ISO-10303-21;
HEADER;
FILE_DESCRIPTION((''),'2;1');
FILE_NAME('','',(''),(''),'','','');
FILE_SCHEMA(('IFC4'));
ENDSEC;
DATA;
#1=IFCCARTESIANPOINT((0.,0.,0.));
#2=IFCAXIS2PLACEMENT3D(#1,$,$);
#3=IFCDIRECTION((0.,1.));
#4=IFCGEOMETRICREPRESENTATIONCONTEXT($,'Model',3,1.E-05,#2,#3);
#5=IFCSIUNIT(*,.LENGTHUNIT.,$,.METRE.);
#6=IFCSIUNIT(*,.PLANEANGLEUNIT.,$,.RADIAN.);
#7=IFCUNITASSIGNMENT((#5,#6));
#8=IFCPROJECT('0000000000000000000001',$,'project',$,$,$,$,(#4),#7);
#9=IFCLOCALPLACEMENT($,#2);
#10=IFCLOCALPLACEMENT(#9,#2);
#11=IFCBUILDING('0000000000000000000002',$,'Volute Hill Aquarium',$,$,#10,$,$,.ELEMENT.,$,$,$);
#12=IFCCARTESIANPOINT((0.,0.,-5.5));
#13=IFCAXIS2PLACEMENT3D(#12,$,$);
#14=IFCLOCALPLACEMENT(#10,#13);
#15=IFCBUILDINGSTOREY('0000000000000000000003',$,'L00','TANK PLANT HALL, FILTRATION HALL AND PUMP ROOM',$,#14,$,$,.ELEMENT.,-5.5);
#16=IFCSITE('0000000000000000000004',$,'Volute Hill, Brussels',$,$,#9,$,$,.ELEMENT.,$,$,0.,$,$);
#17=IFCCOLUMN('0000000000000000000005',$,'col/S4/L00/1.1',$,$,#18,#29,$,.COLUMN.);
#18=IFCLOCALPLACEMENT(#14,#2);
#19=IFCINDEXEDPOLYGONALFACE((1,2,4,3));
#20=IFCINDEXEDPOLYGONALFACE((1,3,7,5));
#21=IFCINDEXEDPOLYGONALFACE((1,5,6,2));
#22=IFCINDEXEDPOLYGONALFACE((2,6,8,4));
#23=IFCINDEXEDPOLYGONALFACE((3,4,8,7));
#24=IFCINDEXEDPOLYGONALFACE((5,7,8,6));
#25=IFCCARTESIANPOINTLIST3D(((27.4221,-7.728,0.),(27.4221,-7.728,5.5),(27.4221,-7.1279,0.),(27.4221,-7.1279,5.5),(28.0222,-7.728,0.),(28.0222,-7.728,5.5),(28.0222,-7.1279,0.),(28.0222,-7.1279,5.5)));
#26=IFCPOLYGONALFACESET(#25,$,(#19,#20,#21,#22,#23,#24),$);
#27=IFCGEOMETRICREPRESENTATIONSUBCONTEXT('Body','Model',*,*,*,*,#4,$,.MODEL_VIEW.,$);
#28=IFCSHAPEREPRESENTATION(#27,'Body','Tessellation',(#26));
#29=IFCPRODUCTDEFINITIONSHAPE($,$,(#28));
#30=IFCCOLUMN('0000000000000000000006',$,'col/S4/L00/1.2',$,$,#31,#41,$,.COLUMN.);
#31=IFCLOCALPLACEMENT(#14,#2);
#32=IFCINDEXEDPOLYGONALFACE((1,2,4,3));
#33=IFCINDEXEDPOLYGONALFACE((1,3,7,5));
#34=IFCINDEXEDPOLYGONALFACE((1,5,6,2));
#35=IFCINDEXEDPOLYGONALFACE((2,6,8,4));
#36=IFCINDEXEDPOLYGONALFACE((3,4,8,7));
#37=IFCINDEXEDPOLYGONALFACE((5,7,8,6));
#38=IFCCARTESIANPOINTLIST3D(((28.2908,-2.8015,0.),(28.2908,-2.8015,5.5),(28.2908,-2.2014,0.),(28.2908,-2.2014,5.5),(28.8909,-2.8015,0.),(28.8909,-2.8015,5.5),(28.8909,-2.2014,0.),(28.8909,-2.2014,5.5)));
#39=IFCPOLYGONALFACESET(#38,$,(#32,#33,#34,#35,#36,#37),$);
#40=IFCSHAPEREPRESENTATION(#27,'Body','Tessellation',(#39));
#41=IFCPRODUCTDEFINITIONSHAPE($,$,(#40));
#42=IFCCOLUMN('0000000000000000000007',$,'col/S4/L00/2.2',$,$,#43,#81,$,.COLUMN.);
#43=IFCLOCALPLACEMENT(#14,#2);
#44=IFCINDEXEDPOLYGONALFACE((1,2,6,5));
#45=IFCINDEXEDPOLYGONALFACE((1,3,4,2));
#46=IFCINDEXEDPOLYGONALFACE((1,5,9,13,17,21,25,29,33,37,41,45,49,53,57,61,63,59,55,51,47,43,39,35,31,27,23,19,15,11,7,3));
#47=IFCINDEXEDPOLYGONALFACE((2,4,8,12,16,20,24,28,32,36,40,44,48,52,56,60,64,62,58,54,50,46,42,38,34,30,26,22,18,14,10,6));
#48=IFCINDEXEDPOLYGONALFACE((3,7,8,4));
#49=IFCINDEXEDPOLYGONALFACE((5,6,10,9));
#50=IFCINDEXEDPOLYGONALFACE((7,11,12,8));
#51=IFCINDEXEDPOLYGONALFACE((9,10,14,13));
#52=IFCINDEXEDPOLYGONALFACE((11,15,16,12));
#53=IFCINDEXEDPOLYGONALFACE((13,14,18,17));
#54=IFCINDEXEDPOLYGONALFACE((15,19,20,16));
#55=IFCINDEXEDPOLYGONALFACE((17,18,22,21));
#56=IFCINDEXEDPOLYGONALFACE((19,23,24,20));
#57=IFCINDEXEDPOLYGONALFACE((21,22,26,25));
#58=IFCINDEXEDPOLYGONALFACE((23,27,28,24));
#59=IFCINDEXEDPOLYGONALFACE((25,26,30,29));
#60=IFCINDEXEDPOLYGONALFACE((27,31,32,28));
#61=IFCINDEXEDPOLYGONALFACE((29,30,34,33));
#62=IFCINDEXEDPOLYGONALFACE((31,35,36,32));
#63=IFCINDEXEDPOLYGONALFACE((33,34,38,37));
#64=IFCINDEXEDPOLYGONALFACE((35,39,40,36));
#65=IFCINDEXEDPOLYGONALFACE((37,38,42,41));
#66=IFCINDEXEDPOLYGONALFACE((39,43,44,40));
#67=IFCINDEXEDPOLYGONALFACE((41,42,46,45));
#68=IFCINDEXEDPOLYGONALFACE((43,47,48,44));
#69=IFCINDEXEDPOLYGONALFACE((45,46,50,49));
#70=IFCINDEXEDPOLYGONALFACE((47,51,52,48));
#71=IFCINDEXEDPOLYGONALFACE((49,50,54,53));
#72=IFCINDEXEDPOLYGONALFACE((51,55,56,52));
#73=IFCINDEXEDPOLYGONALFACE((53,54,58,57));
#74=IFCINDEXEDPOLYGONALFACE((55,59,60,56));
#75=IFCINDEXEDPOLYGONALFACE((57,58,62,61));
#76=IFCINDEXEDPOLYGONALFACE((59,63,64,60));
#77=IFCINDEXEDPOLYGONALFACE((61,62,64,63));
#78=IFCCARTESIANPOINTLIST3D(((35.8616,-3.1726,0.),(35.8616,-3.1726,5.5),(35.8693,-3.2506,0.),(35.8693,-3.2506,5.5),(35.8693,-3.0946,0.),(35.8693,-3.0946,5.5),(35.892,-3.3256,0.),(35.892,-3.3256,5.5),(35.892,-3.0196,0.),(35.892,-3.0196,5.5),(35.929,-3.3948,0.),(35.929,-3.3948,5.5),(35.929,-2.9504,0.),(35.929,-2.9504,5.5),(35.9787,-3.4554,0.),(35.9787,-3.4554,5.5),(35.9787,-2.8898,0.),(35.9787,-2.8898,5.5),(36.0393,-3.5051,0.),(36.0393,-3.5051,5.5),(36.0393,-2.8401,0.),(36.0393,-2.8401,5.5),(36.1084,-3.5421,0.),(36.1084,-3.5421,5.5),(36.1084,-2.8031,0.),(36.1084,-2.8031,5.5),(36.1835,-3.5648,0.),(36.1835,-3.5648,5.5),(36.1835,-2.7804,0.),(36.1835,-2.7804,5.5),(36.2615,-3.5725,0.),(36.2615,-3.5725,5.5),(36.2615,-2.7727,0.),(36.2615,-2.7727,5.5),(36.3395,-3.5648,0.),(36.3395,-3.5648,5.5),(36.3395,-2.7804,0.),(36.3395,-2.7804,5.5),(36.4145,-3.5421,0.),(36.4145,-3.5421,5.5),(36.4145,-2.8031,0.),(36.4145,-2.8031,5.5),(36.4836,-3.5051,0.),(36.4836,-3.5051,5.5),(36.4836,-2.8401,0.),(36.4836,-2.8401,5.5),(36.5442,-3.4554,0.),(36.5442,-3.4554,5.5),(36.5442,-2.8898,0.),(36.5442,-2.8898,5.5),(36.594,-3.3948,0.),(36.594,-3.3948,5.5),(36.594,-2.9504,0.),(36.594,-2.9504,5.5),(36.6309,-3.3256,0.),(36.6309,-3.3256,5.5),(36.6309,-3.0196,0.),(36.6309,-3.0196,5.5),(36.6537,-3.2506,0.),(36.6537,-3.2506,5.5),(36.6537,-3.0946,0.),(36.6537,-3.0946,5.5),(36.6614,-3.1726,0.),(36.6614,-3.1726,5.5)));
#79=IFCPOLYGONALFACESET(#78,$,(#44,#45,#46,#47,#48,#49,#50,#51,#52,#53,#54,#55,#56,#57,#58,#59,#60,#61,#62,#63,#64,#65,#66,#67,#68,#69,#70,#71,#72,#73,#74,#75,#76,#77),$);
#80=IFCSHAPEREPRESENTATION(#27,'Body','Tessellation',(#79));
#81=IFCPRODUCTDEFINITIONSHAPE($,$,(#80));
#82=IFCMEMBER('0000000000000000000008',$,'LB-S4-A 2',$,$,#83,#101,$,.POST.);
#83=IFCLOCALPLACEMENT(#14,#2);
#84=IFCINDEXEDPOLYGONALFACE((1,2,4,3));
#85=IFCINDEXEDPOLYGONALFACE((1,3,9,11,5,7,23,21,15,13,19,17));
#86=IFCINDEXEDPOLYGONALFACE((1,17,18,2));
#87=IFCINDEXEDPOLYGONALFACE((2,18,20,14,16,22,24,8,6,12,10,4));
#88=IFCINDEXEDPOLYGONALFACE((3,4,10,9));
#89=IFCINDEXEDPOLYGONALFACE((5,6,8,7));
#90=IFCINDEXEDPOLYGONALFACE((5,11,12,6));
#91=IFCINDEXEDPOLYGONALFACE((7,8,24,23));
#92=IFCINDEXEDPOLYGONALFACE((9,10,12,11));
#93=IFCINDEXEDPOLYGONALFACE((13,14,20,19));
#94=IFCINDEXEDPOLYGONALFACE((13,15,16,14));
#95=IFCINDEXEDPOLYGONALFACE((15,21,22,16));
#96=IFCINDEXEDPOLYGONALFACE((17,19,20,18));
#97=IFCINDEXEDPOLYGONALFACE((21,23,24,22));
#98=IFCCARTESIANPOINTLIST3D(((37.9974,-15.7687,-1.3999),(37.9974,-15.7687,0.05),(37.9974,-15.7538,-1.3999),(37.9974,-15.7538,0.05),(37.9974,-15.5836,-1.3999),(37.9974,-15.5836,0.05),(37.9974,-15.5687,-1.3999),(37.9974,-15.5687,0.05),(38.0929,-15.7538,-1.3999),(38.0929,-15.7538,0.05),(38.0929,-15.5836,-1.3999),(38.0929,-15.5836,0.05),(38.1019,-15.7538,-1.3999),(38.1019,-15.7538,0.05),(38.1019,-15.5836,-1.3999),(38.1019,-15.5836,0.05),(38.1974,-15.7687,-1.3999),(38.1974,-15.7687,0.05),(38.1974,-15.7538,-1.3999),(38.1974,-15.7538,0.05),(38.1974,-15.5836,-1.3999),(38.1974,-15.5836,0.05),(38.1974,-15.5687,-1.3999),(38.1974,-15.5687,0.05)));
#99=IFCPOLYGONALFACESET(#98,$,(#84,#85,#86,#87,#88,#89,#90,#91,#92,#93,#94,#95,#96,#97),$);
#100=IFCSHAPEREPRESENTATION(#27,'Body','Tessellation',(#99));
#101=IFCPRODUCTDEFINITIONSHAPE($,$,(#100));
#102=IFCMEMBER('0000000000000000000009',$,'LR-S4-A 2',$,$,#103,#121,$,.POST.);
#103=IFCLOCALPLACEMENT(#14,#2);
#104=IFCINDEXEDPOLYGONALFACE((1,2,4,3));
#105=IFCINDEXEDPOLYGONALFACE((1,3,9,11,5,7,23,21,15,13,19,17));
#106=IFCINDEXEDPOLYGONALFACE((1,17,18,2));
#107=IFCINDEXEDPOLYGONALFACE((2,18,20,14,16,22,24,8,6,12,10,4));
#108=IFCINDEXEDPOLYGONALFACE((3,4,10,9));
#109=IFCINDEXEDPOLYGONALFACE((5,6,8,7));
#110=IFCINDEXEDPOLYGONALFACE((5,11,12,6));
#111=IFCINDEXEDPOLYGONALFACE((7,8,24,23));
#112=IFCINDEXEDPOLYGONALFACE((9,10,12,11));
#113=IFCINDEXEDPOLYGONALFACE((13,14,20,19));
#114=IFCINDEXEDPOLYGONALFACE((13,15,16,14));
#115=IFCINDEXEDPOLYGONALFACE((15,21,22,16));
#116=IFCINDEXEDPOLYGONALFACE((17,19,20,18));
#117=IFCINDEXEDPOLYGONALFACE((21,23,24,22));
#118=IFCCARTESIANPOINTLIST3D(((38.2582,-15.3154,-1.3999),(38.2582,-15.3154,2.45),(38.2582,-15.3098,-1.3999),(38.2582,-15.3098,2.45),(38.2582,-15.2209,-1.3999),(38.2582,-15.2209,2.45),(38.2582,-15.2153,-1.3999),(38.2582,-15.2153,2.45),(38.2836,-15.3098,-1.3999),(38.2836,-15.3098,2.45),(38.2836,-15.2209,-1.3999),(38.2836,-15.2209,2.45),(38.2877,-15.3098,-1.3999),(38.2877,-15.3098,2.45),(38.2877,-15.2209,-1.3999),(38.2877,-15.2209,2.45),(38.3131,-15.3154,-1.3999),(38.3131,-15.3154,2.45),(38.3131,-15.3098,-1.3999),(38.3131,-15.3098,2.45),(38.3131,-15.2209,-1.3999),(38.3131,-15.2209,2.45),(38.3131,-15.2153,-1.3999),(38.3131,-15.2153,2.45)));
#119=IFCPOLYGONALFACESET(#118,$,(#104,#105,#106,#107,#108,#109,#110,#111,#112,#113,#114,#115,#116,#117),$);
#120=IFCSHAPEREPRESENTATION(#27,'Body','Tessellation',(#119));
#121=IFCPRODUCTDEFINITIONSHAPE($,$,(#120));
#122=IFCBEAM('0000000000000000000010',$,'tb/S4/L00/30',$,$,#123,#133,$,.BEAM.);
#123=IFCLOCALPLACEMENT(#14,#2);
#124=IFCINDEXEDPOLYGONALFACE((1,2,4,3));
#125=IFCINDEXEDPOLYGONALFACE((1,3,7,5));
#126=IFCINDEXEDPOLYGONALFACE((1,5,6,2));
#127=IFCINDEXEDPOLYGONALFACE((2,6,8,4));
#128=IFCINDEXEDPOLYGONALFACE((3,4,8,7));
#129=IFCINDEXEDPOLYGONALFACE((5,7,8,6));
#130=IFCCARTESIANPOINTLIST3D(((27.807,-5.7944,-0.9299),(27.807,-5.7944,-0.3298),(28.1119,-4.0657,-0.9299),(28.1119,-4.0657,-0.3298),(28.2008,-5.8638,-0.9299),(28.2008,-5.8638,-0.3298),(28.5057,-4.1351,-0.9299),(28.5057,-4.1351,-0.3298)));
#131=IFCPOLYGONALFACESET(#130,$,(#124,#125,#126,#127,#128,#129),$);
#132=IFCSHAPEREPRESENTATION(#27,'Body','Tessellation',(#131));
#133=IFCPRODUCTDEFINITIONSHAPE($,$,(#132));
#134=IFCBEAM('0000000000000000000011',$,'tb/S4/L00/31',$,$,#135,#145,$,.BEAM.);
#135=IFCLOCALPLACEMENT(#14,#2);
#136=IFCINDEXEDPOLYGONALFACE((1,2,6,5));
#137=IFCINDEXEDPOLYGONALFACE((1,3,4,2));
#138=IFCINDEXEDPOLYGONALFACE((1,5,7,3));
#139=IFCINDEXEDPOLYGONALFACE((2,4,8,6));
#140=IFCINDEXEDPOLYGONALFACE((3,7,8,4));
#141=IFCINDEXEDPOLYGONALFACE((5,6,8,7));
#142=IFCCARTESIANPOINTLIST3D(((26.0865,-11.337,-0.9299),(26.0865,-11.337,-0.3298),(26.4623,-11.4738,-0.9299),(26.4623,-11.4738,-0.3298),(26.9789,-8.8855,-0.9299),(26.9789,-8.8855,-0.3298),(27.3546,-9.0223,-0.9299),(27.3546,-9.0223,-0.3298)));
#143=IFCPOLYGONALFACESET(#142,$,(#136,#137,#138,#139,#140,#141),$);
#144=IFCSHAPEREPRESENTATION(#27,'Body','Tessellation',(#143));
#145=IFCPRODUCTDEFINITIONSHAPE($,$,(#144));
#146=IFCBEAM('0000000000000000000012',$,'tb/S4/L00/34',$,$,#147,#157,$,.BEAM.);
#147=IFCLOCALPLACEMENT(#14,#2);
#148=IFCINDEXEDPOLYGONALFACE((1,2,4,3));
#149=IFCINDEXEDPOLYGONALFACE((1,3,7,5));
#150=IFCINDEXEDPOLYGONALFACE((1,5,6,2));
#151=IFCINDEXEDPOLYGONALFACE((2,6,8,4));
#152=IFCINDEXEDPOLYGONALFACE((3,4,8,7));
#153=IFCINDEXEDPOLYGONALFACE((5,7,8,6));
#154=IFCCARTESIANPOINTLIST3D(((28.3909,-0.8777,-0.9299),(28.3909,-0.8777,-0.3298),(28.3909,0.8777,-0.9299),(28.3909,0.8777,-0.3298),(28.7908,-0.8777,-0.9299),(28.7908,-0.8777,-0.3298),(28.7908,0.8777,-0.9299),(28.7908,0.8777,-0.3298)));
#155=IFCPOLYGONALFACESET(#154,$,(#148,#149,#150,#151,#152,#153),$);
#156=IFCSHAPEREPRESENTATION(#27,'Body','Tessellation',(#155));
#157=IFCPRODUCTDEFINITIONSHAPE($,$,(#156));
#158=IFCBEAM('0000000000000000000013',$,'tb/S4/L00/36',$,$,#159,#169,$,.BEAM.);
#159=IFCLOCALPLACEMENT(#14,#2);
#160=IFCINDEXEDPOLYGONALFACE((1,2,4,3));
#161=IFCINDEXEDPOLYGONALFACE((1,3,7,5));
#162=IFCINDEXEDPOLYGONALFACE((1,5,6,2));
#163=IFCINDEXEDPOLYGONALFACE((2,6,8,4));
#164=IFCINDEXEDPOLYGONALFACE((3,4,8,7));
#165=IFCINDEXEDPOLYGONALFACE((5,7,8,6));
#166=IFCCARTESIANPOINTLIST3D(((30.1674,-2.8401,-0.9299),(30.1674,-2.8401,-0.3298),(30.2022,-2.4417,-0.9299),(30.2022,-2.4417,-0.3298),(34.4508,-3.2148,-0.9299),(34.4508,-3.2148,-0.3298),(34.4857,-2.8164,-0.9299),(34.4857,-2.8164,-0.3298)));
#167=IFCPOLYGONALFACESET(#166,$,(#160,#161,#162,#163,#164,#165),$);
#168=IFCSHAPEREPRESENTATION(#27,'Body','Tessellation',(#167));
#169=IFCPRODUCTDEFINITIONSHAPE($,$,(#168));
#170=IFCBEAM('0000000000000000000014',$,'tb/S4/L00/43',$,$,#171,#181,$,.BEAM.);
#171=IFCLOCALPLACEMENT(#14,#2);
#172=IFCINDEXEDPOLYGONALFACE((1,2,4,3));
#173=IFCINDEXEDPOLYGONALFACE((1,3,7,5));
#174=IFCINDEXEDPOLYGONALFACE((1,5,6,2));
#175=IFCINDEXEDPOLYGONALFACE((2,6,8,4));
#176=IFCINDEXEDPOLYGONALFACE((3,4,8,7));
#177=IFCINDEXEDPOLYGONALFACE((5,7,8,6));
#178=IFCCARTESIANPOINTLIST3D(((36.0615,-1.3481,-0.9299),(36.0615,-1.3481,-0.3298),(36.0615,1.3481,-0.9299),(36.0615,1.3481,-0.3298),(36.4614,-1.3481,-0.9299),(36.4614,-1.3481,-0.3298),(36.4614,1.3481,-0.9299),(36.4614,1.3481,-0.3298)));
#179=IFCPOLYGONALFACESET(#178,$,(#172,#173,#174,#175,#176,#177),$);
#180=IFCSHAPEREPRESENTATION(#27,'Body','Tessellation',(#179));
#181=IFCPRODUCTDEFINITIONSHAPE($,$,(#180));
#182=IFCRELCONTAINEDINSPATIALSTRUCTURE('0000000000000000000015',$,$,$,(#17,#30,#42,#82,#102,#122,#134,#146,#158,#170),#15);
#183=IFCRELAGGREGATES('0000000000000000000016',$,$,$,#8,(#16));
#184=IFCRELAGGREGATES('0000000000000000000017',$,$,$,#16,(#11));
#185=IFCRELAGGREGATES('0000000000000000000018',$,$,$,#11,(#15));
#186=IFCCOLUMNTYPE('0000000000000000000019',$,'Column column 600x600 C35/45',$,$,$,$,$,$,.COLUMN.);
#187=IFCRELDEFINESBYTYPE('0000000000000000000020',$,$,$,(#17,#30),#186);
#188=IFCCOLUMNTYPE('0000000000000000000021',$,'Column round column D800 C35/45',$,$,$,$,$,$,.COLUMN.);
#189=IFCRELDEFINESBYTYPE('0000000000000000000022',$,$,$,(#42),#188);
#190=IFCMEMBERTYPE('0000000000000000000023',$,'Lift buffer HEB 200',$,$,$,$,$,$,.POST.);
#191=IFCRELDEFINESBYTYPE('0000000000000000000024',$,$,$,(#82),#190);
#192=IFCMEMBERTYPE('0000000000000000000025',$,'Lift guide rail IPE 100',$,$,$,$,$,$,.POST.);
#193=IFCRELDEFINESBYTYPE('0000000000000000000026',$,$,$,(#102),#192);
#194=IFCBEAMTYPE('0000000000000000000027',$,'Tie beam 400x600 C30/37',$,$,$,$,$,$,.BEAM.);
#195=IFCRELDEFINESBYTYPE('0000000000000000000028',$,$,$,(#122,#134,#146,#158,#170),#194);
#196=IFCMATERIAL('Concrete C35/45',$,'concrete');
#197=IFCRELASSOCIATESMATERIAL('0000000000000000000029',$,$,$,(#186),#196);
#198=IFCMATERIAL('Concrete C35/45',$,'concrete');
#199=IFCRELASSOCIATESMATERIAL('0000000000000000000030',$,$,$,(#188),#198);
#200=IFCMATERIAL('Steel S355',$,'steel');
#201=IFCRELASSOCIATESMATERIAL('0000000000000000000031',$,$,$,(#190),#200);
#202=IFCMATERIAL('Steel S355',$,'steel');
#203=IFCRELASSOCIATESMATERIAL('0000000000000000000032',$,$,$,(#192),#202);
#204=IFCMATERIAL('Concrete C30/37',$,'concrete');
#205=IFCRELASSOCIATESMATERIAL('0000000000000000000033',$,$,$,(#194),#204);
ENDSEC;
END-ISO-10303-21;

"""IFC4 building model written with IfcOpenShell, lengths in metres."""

from ifc_helpers import new_model, si_unit, direction, frame, origin, origin_2d, place, context, subcontext, project, spatial, rectangle, circle, i_section, extrude, material, material_profile, profile_set, type_object, element, save


model = new_model("IFC4")

# Units and contexts
model_context = context("Model", 3, precision=1e-05, world=origin(), true_north=direction((0.0, 1.0)))
body_context = subcontext(model_context, "Body", "Model", "MODEL_VIEW")
ifc_project = project(units=[si_unit("LENGTHUNIT", "METRE"), si_unit("PLANEANGLEUNIT", "RADIAN")], contexts=[model_context])

# Site, building, storey
site_placement = place(None, origin())
site = spatial("IfcSite", under=ifc_project, at=site_placement, Name="Volute Hill, Brussels", CompositionType="ELEMENT", RefElevation=0.0)
building_placement = place(site_placement, origin())
building = spatial("IfcBuilding", under=site, at=building_placement, Name="Volute Hill Aquarium", CompositionType="ELEMENT")
storey_placement = place(building_placement, frame((0.0, 0.0, -5.5)))
storey = spatial("IfcBuildingStorey", under=building, at=storey_placement, Name="L00", Description="TANK PLANT HALL, FILTRATION HALL AND PUMP ROOM", CompositionType="ELEMENT", Elevation=-5.5)

# Columns
ifc_material_1 = material(Name="Concrete C35/45", Category="concrete")
ifc_material_profile_1 = material_profile(ifc_material_1, rectangle(XDim=0.6001, YDim=0.6001, at=origin_2d()), Name="RC column 600x600")
ifc_profile_set_1 = profile_set([ifc_material_profile_1], Name="Concrete C35/45")
column_type_1 = type_object("IfcColumnType", Name="Column column 600x600 C35/45", PredefinedType="COLUMN", material=ifc_profile_set_1)
for number, where, z_axis, x_axis, name in (
    (1, (27.7222, -7.428, 0.0), (0.0, 0.0, 1.0), (1.0, 0.0, 0.0), "col/S4/L00/1.1"),
    (2, (28.5908, -2.5015, 0.0), (0.0, 0.0, 1.0), (1.0, 0.0, 0.0), "col/S4/L00/1.2"),
):
    element("IfcColumn", number, at=place(storey_placement, frame(where, z_axis=z_axis, x_axis=x_axis)), inside=storey, type_object=column_type_1, Name=name, PredefinedType="COLUMN", context=body_context, shape_type="SweptSolid", body=[
        extrude(rectangle(XDim=0.6001, YDim=0.6001, at=origin_2d()), origin(), (0.0, 0.0, 1.0), 5.5),
    ])
ifc_material_2 = material(Name="Concrete C35/45", Category="concrete")
ifc_material_profile_2 = material_profile(ifc_material_2, circle(Radius=0.3999, at=origin_2d()), Name="RC round column D800")
ifc_profile_set_2 = profile_set([ifc_material_profile_2], Name="Concrete C35/45")
column_type_2 = type_object("IfcColumnType", Name="Column round column D800 C35/45", PredefinedType="COLUMN", material=ifc_profile_set_2)
column_placement = place(storey_placement, frame((36.2615, -3.1726, 0.0), z_axis=(0.0, 0.0, 1.0), x_axis=(1.0, 0.0, 0.0)))
element("IfcColumn", 3, at=column_placement, inside=storey, type_object=column_type_2, Name="col/S4/L00/2.2", PredefinedType="COLUMN", context=body_context, shape_type="SweptSolid", body=[
    extrude(circle(Radius=0.3999, at=origin_2d()), origin(), (0.0, 0.0, 1.0), 5.5),
])

# Members
ifc_material_3 = material(Name="Steel S355", Category="steel")
ifc_material_profile_3 = material_profile(ifc_material_3, i_section(OverallWidth=0.2, OverallDepth=0.2, WebThickness=0.009, FlangeThickness=0.0149, at=origin_2d()), Name="HEB 200")
ifc_profile_set_3 = profile_set([ifc_material_profile_3], Name="Steel S355")
member_type_1 = type_object("IfcMemberType", Name="Lift buffer HEB 200", PredefinedType="POST", material=ifc_profile_set_3)
member_1_placement = place(storey_placement, frame((38.0974, -15.6687, -1.3999), z_axis=(0.0, 0.0, 1.0), x_axis=(1.0, 0.0, 0.0)))
element("IfcMember", 4, at=member_1_placement, inside=storey, type_object=member_type_1, Name="LB-S4-A 2", PredefinedType="POST", context=body_context, shape_type="SweptSolid", body=[
    extrude(i_section(OverallWidth=0.2, OverallDepth=0.2, WebThickness=0.009, FlangeThickness=0.0149, at=origin_2d()), origin(), (0.0, 0.0, 1.0), 1.45),
])
ifc_material_4 = material(Name="Steel S355", Category="steel")
ifc_material_profile_4 = material_profile(ifc_material_4, i_section(OverallWidth=0.0549, OverallDepth=0.1001, WebThickness=0.0042, FlangeThickness=0.0056, at=origin_2d()), Name="IPE 100")
ifc_profile_set_4 = profile_set([ifc_material_profile_4], Name="Steel S355")
member_type_2 = type_object("IfcMemberType", Name="Lift guide rail IPE 100", PredefinedType="POST", material=ifc_profile_set_4)
member_2_placement = place(storey_placement, frame((38.2856, -15.2654, -1.3999), z_axis=(0.0, 0.0, 1.0), x_axis=(1.0, 0.0, 0.0)))
element("IfcMember", 5, at=member_2_placement, inside=storey, type_object=member_type_2, Name="LR-S4-A 2", PredefinedType="POST", context=body_context, shape_type="SweptSolid", body=[
    extrude(i_section(OverallWidth=0.0549, OverallDepth=0.1001, WebThickness=0.0042, FlangeThickness=0.0056, at=origin_2d()), origin(), (0.0, 0.0, 1.0), 3.8499),
])

# Beams
ifc_material_5 = material(Name="Concrete C30/37", Category="concrete")
ifc_material_profile_5 = material_profile(ifc_material_5, rectangle(XDim=0.3999, YDim=0.6001, at=origin_2d()), Name="RC tie beam 400x600")
ifc_profile_set_5 = profile_set([ifc_material_profile_5], Name="Concrete C30/37")
beam_type_1 = type_object("IfcBeamType", Name="Tie beam 400x600 C30/37", PredefinedType="BEAM", material=ifc_profile_set_5)
beam_1_placement = place(storey_placement, frame((28.0039, -5.8291, -0.6299), z_axis=(0.173706, 0.984798, 0.0), x_axis=(-0.984798, 0.173706, 0.0)))
element("IfcBeam", 6, at=beam_1_placement, inside=storey, type_object=beam_type_1, Name="tb/S4/L00/30", PredefinedType="BEAM", context=body_context, shape_type="SweptSolid", body=[
    extrude(rectangle(XDim=0.3999, YDim=0.6001, at=origin_2d()), origin(), (0.0, 0.0, 1.0), 1.7554),
])
beam_2_placement = place(storey_placement, frame((27.1667, -8.9539, -0.6299), z_axis=(-0.342051, -0.939681, 0.0), x_axis=(0.939681, -0.342051, 0.0)))
element("IfcBeam", 7, at=beam_2_placement, inside=storey, type_object=beam_type_1, Name="tb/S4/L00/31", PredefinedType="BEAM", context=body_context, shape_type="SweptSolid", body=[
    extrude(rectangle(XDim=0.3999, YDim=0.6001, at=origin_2d()), origin(), (0.0, 0.0, 1.0), 2.6089),
])
beam_3_placement = place(storey_placement, frame((28.5908, -0.8777, -0.6299), z_axis=(0.0, 1.0, 0.0), x_axis=(-1.0, 0.0, 0.0)))
element("IfcBeam", 8, at=beam_3_placement, inside=storey, type_object=beam_type_1, Name="tb/S4/L00/34", PredefinedType="BEAM", context=body_context, shape_type="SweptSolid", body=[
    extrude(rectangle(XDim=0.3999, YDim=0.6001, at=origin_2d()), origin(), (0.0, 0.0, 1.0), 1.7554),
])
beam_4_placement = place(storey_placement, frame((30.1848, -2.6409, -0.6299), z_axis=(0.996195, -0.087156, 0.0), x_axis=(0.087156, 0.996195, 0.0)))
element("IfcBeam", 9, at=beam_4_placement, inside=storey, type_object=beam_type_1, Name="tb/S4/L00/36", PredefinedType="BEAM", context=body_context, shape_type="SweptSolid", body=[
    extrude(rectangle(XDim=0.3999, YDim=0.6001, at=origin_2d()), origin(), (0.0, 0.0, 1.0), 4.2998),
])
beam_5_placement = place(storey_placement, frame((36.2615, -1.3481, -0.6299), z_axis=(0.0, 1.0, 0.0), x_axis=(-1.0, 0.0, 0.0)))
element("IfcBeam", 10, at=beam_5_placement, inside=storey, type_object=beam_type_1, Name="tb/S4/L00/43", PredefinedType="BEAM", context=body_context, shape_type="SweptSolid", body=[
    extrude(rectangle(XDim=0.3999, YDim=0.6001, at=origin_2d()), origin(), (0.0, 0.0, 1.0), 2.6963),
])

save(model, "model.ifc")
